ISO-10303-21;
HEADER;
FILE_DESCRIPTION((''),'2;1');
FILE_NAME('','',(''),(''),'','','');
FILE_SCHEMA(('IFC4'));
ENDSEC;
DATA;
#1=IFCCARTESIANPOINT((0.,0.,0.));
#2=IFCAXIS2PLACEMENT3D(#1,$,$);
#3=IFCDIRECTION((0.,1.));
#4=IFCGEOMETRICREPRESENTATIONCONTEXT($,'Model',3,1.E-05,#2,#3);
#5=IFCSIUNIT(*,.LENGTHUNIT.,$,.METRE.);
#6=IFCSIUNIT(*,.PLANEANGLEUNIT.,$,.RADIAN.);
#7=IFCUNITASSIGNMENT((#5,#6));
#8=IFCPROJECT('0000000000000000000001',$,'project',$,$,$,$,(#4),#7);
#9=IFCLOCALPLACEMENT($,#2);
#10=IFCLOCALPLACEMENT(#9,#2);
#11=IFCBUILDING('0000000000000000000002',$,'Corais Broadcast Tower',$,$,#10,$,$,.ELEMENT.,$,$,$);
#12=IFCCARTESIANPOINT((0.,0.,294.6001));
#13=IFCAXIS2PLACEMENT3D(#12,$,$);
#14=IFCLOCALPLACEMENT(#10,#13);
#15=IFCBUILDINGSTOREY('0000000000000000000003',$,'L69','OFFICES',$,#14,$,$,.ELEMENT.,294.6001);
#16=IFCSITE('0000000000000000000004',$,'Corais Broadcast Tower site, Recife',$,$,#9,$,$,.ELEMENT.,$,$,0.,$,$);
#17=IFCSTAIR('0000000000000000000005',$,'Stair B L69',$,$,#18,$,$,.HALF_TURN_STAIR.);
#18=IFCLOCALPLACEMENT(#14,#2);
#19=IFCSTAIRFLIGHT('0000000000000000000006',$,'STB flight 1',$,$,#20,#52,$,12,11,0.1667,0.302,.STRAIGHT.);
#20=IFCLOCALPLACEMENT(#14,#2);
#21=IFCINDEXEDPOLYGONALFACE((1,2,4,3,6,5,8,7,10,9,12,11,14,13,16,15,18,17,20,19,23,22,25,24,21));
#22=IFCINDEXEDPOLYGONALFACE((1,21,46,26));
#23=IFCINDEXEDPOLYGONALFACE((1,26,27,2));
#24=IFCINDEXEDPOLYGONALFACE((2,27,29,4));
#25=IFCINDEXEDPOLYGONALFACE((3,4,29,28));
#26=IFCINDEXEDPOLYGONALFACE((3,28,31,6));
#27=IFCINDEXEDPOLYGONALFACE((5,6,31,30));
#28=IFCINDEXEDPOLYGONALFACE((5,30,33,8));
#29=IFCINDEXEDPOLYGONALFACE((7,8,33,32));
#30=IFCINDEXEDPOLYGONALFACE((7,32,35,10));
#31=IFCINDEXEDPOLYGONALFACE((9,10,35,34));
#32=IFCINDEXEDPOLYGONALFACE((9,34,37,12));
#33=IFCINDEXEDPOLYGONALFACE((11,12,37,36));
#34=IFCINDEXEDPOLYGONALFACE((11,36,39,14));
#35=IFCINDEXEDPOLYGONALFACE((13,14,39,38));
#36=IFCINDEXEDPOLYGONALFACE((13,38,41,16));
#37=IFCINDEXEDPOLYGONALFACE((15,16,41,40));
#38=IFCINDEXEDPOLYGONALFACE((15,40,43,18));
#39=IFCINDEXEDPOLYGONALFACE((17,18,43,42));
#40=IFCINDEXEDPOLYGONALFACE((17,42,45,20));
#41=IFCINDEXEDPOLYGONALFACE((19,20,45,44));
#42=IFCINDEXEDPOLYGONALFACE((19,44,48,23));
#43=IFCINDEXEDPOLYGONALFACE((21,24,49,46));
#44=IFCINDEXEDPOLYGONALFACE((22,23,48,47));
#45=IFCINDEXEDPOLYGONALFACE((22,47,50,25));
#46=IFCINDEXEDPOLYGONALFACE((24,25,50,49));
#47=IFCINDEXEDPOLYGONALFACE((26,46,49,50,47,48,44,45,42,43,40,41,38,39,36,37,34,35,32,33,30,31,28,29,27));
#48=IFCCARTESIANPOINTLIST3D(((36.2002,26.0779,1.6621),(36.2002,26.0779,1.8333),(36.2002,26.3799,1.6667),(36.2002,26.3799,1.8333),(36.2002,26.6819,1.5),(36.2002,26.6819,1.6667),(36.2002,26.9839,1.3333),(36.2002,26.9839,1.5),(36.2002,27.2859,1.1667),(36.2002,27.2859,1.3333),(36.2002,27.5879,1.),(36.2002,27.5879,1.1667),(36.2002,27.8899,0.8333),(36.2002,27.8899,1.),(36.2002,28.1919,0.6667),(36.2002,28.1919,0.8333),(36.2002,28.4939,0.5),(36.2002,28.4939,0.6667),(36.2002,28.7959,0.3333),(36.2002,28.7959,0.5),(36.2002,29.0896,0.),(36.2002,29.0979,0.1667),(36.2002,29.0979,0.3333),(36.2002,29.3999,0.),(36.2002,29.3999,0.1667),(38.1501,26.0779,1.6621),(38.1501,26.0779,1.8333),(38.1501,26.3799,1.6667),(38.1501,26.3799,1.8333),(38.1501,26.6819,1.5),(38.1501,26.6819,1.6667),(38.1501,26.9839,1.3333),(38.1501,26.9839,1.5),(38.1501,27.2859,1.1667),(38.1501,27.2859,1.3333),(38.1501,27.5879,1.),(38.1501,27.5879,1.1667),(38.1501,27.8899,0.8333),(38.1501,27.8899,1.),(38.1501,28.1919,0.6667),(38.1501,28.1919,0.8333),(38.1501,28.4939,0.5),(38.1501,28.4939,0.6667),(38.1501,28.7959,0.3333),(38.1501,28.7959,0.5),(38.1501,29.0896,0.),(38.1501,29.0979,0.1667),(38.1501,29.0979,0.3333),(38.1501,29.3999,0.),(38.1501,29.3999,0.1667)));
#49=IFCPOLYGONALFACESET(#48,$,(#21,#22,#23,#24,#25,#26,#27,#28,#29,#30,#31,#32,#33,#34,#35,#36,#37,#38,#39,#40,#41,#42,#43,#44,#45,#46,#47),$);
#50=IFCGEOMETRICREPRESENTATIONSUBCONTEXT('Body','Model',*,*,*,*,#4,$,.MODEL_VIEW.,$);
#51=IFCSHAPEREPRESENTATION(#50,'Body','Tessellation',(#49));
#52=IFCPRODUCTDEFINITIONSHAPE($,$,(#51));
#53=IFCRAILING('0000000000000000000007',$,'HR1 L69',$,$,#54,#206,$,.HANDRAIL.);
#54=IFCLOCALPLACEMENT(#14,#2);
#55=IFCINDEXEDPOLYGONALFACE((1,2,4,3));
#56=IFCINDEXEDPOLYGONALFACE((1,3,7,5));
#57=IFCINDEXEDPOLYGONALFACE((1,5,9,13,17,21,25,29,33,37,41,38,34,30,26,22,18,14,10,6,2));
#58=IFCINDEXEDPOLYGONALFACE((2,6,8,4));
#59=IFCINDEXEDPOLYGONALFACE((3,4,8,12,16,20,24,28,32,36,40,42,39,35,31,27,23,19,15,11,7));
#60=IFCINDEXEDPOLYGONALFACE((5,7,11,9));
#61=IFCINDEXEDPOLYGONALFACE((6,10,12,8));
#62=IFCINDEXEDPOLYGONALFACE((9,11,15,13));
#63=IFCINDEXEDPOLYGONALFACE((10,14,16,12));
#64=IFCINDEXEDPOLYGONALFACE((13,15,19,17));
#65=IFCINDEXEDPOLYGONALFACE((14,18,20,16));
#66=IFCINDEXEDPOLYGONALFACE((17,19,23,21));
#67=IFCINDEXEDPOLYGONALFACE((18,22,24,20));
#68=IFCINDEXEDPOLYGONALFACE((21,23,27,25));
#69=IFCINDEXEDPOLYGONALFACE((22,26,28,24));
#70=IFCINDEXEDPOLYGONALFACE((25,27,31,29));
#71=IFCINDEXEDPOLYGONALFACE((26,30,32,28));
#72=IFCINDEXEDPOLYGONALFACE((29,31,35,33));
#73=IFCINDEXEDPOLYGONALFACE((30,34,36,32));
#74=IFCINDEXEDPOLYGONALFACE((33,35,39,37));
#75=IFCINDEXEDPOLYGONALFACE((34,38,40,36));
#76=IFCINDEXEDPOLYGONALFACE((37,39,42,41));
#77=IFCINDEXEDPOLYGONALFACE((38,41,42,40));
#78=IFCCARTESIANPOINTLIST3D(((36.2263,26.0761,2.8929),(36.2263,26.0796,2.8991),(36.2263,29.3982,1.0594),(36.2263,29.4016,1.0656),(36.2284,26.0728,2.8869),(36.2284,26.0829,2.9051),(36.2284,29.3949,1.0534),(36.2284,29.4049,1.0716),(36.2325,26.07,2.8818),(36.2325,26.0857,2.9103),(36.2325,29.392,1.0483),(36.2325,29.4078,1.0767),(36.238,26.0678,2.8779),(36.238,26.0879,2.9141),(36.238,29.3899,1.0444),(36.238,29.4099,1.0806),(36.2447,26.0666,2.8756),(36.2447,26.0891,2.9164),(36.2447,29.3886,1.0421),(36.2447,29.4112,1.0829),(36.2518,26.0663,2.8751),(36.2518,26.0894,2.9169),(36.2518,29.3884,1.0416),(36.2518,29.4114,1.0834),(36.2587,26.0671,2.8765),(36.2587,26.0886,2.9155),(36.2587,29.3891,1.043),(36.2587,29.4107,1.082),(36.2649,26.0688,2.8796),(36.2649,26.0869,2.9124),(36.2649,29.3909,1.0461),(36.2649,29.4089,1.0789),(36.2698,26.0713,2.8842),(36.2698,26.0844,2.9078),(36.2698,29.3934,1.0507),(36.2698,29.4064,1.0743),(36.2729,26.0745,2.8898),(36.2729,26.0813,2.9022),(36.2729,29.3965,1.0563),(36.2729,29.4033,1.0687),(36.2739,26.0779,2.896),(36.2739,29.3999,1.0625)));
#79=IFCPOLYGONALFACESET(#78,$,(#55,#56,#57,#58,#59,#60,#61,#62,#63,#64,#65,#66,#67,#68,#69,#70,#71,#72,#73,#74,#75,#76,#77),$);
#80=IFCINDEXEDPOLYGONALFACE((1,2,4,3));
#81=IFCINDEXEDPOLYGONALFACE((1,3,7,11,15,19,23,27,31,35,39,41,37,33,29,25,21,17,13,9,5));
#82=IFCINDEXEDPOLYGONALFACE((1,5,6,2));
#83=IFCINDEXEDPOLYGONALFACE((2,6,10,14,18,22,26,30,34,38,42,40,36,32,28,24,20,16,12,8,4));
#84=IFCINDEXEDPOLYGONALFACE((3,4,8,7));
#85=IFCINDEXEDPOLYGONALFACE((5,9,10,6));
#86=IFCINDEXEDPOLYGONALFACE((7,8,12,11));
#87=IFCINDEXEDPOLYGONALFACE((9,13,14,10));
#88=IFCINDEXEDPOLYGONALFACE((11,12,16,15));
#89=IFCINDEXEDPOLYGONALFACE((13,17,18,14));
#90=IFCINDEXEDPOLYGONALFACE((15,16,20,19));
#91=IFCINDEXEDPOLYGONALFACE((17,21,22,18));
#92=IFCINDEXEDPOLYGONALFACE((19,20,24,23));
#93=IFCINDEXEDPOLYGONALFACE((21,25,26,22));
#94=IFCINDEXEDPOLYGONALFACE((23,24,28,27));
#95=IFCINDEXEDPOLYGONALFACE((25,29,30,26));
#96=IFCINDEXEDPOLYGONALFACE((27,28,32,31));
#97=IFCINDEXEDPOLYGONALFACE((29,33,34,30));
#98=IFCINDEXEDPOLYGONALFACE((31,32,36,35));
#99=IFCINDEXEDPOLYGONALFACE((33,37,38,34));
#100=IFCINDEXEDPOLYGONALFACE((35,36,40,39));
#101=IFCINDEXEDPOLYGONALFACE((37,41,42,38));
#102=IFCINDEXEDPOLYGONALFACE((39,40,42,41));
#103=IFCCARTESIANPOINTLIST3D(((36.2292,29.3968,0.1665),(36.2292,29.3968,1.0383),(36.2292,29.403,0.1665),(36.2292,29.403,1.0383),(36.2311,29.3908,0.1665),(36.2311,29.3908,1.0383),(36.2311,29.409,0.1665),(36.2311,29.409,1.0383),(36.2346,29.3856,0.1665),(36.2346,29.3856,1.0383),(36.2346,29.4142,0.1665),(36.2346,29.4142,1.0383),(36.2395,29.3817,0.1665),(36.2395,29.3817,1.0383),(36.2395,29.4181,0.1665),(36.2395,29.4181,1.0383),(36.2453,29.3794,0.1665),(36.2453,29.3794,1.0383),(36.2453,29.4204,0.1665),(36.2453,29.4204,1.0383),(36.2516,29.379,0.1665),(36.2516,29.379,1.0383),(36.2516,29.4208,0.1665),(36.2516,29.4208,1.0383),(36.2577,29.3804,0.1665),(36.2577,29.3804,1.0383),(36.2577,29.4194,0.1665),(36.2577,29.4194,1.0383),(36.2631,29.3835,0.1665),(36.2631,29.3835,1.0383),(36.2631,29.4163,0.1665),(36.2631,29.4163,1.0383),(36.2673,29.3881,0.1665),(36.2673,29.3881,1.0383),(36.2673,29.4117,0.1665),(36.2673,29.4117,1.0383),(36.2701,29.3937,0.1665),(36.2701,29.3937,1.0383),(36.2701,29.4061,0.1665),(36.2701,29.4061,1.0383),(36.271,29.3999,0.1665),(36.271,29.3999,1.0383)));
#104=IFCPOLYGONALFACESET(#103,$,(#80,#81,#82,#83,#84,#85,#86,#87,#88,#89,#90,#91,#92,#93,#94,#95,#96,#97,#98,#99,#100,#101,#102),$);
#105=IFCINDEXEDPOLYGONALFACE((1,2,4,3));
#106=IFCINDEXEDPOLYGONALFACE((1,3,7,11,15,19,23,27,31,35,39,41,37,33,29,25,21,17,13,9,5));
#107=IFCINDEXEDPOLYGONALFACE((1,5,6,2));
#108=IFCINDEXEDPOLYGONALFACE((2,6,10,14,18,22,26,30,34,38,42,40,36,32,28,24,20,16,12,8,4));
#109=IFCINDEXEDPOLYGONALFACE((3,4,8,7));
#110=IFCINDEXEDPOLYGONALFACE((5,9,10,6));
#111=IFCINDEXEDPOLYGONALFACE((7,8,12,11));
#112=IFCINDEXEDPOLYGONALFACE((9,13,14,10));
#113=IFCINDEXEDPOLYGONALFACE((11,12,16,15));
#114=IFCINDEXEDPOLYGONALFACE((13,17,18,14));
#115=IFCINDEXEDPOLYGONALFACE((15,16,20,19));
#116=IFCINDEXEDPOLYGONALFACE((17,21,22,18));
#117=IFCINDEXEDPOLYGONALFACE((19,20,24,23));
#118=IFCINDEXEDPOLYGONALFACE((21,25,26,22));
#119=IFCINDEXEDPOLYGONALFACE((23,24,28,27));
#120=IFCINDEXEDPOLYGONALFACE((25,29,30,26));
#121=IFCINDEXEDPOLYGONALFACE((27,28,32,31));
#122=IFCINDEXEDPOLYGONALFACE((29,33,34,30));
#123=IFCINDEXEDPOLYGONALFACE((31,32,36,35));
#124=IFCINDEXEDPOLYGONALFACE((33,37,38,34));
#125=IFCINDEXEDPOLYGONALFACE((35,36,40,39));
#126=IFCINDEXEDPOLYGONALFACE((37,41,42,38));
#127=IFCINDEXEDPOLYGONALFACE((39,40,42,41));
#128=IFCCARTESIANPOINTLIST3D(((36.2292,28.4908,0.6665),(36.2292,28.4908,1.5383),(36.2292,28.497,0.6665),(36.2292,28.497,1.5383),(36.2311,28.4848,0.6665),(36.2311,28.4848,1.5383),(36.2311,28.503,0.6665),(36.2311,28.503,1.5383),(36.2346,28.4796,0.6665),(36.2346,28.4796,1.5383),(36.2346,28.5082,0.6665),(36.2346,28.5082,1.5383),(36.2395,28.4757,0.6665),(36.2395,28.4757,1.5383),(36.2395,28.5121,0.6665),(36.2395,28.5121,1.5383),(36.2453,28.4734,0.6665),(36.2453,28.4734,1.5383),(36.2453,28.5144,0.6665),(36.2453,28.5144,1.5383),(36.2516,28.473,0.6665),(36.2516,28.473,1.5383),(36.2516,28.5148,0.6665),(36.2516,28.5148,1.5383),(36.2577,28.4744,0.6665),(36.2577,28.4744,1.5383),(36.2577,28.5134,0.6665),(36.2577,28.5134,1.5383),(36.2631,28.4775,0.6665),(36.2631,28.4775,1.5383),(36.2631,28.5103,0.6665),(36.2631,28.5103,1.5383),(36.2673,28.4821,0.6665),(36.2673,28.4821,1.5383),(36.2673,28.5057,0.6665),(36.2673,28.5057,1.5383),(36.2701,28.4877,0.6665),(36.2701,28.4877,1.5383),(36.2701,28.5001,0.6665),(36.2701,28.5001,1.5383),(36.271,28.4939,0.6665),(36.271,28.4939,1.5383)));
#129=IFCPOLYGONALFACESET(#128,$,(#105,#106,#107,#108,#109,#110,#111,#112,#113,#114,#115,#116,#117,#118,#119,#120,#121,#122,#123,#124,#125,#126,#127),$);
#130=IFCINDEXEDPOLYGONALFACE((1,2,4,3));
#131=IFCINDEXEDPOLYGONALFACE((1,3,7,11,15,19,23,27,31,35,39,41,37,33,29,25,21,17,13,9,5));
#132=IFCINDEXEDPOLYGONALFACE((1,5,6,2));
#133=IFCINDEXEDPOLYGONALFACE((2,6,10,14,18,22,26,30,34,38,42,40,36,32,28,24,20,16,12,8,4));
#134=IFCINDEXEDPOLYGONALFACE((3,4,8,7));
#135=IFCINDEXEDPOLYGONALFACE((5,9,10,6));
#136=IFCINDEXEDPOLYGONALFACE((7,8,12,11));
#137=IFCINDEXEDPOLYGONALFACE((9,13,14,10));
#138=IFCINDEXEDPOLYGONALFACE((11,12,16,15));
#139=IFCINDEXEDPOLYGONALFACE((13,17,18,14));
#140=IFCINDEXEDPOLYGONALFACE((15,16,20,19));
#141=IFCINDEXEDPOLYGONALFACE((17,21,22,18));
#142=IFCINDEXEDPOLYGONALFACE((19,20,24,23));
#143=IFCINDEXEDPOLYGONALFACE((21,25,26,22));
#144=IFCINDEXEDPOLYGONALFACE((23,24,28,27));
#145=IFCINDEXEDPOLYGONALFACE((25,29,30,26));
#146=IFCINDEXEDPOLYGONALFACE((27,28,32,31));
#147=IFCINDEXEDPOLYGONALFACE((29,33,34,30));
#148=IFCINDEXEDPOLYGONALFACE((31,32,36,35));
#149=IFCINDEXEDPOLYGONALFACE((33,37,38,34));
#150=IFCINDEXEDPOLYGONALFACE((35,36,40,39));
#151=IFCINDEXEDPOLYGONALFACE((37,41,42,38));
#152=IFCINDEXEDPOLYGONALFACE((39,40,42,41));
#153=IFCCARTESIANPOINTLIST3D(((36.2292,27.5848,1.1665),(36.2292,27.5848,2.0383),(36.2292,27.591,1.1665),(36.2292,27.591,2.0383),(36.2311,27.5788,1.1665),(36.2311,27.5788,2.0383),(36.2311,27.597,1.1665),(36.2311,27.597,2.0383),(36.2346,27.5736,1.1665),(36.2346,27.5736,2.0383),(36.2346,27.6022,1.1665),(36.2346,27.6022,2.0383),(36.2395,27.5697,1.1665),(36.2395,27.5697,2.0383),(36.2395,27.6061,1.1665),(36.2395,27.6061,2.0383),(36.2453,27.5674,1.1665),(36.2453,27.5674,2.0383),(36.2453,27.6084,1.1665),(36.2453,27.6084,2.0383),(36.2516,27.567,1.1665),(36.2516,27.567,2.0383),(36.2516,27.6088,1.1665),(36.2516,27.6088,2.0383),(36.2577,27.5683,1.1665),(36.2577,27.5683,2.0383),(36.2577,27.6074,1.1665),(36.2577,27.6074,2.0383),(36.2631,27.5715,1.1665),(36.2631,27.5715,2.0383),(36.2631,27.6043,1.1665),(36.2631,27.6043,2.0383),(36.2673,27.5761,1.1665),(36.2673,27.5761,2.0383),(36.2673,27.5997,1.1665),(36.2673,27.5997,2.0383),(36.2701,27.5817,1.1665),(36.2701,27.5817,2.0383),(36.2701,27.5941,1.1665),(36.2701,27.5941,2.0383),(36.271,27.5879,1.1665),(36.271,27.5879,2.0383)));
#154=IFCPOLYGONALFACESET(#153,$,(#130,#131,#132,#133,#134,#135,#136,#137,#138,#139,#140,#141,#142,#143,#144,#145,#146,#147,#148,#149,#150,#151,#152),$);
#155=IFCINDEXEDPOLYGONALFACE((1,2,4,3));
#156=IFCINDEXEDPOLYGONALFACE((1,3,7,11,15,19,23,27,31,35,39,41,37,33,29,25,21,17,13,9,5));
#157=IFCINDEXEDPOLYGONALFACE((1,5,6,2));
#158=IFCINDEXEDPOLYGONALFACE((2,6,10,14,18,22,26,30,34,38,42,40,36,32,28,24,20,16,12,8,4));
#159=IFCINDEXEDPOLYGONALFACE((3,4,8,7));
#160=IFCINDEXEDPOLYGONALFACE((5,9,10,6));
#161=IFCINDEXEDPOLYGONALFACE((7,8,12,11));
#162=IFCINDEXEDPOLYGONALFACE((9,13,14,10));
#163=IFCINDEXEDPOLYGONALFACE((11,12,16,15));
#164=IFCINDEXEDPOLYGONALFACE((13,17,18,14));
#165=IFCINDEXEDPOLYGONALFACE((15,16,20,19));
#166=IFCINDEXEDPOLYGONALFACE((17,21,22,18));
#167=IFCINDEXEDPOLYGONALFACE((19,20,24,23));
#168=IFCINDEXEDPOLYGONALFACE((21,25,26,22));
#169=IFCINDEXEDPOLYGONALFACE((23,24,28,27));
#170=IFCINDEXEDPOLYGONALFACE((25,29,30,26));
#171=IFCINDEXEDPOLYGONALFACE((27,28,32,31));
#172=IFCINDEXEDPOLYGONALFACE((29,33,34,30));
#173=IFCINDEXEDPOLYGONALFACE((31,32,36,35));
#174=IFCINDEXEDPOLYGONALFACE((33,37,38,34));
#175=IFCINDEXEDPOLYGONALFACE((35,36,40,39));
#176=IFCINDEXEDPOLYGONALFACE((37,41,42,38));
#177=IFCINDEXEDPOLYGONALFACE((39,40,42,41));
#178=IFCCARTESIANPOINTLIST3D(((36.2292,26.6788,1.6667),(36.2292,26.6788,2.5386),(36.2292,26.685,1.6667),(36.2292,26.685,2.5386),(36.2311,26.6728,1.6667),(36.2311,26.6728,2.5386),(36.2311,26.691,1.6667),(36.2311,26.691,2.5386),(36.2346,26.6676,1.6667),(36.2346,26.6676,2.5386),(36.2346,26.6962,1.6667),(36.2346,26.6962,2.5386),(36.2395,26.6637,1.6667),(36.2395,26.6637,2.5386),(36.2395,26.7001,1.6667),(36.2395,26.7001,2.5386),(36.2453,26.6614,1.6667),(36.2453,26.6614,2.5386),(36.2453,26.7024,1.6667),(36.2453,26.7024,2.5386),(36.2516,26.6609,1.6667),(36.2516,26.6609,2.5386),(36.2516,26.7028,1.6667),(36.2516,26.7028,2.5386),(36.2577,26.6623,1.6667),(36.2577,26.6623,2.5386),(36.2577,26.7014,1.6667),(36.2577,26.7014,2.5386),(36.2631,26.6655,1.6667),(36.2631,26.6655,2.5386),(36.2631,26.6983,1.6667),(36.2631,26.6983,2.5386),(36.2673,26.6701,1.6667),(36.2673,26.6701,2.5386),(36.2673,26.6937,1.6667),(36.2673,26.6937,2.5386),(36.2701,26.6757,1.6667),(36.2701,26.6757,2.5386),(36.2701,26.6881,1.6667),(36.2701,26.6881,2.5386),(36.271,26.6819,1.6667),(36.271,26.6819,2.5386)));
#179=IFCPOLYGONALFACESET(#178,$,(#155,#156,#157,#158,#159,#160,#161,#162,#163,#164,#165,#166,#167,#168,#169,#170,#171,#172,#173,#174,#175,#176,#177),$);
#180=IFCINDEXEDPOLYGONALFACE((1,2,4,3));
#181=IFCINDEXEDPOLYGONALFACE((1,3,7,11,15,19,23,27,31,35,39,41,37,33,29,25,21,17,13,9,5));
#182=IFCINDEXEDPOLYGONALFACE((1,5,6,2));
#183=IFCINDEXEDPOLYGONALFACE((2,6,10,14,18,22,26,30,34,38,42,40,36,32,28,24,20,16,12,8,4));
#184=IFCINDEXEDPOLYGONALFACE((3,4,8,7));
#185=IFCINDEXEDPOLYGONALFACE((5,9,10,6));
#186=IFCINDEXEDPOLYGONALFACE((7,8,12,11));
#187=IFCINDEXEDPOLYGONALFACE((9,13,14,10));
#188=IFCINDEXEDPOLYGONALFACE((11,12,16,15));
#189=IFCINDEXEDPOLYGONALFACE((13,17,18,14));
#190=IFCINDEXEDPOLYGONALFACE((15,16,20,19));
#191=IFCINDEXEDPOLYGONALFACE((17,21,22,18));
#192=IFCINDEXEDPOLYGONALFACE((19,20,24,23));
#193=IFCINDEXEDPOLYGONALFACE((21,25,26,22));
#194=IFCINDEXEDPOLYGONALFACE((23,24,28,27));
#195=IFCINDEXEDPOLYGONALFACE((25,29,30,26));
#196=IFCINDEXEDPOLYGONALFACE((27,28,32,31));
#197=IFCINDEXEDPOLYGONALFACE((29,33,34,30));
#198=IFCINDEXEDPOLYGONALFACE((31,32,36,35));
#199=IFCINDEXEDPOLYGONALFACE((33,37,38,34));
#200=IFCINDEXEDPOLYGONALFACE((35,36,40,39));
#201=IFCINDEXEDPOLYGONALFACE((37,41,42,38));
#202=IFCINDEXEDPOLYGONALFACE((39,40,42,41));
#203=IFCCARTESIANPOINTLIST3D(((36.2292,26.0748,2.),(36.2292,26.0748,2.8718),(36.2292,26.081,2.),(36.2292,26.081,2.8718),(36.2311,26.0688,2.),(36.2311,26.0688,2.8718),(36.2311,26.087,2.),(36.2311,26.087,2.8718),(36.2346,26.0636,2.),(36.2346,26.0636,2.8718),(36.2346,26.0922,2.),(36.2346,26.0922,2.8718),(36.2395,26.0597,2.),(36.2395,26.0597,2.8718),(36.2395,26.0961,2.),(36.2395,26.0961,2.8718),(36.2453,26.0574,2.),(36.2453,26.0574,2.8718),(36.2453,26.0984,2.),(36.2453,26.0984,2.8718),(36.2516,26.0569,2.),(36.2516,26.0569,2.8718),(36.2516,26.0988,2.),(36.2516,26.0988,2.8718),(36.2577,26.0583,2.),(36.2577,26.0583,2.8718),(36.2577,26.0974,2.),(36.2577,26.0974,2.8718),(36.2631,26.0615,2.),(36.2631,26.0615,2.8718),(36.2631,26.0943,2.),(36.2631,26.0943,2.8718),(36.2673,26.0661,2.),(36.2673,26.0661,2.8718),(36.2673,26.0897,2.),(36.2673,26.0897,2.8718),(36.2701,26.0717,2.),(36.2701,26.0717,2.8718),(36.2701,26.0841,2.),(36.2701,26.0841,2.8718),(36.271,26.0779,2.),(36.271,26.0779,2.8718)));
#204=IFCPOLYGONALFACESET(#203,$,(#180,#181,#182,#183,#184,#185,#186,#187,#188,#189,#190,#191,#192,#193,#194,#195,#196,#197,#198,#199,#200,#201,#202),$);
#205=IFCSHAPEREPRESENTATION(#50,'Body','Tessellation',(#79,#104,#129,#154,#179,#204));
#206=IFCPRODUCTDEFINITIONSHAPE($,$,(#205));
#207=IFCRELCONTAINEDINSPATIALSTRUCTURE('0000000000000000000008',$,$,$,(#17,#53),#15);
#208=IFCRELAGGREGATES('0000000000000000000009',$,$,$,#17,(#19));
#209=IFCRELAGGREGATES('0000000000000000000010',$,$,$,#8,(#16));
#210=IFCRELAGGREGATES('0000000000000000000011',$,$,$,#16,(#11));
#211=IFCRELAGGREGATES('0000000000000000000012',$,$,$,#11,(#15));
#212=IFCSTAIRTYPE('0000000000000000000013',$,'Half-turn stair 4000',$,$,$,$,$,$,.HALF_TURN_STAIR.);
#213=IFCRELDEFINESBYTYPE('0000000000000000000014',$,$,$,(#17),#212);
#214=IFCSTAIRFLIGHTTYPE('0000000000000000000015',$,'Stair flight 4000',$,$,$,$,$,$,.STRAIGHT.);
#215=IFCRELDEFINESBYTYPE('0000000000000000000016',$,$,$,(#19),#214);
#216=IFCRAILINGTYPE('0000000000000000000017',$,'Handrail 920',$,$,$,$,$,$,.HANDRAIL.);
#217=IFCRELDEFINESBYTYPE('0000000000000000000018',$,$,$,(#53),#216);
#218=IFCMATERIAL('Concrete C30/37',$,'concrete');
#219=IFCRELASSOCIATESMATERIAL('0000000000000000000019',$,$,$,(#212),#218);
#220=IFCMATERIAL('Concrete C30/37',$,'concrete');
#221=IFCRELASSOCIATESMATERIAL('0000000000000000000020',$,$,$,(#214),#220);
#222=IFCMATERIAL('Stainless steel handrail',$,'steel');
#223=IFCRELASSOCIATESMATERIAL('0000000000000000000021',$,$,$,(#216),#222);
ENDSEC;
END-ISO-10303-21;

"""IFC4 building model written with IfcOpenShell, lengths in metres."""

from ifc_helpers import new_model, si_unit, direction, frame, origin, origin_2d, place, context, subcontext, project, spatial, polyline, circle, outline, extrude, material, type_object, element, aggregate, save


model = new_model("IFC4")

# Units and contexts
model_context = context("Model", 3, precision=1e-05, world=origin(), true_north=direction((0.0, 1.0)))
body_context = subcontext(model_context, "Body", "Model", "MODEL_VIEW")
ifc_project = project(units=[si_unit("LENGTHUNIT", "METRE"), si_unit("PLANEANGLEUNIT", "RADIAN")], contexts=[model_context])

# Site, building, storey
site_placement = place(None, origin())
site = spatial("IfcSite", under=ifc_project, at=site_placement, Name="Corais Broadcast Tower site, Recife", CompositionType="ELEMENT", RefElevation=0.0)
building_placement = place(site_placement, origin())
building = spatial("IfcBuilding", under=site, at=building_placement, Name="Corais Broadcast Tower", CompositionType="ELEMENT")
storey_placement = place(building_placement, frame((0.0, 0.0, 294.6001)))
storey = spatial("IfcBuildingStorey", under=building, at=storey_placement, Name="L69", Description="OFFICES", CompositionType="ELEMENT", Elevation=294.6001)

# Stair, stair flight
ifc_material_1 = material(Name="Concrete C30/37", Category="concrete")
stair_type = type_object("IfcStairType", Name="Half-turn stair 4000", PredefinedType="HALF_TURN_STAIR", material=ifc_material_1)
stair_placement = place(storey_placement, origin())
stair = element("IfcStair", 1, at=stair_placement, inside=storey, type_object=stair_type, Name="Stair B L69", PredefinedType="HALF_TURN_STAIR")
ifc_material_2 = material(Name="Concrete C30/37", Category="concrete")
stair_flight_type = type_object("IfcStairFlightType", Name="Stair flight 4000", PredefinedType="STRAIGHT", material=ifc_material_2)
stair_flight_placement = place(storey_placement, frame((37.175, 29.3999, 0.0), z_axis=(0.0, 0.0, 1.0), x_axis=(0.0, -1.0, 0.0)))
stair_flight = element("IfcStairFlight", 2, at=stair_flight_placement, type_object=stair_flight_type, Name="STB flight 1", NumberOfRisers=12, NumberOfTreads=11, PredefinedType="STRAIGHT", RiserHeight=0.1667, TreadLength=0.302, context=body_context, shape_type="SweptSolid", body=[
    extrude(outline(polyline([(0.0, 0.0), (0.0, 0.1667), (0.302, 0.1667), (0.302, 0.3333), (0.604, 0.3333), (0.604, 0.5), (0.906, 0.5), (0.906, 0.6667), (1.208, 0.6667), (1.208, 0.8333), (1.51, 0.8333), (1.51, 1.0), (1.812, 1.0), (1.812, 1.1667), (2.114, 1.1667), (2.114, 1.3333), (2.416, 1.3333), (2.416, 1.5), (2.718, 1.5), (2.718, 1.6667), (3.02, 1.6667), (3.02, 1.8333), (3.322, 1.8333), (3.322, 2.0), (3.322, 1.6621), (0.3103, 0.0), (0.0, 0.0)])), frame((0.0, 0.9751, 0.0), z_axis=(0.0, -1.0, 0.0), x_axis=(1.0, 0.0, 0.0)), (0.0, 0.0, 1.0), 1.95),
])
aggregate(stair, [stair_flight])

# Railing
ifc_material_3 = material(Name="Stainless steel handrail", Category="steel")
railing_type = type_object("IfcRailingType", Name="Handrail 920", PredefinedType="HANDRAIL", material=ifc_material_3)
for number, where, name in (
    (3, (36.25, 29.3999, 0.1665), "HR1 L69"),
):
    element("IfcRailing", number, at=place(storey_placement, frame(where)), inside=storey, type_object=railing_type, Name=name, PredefinedType="HANDRAIL", context=body_context, shape_type="SweptSolid", body=[
        extrude(circle(Radius=0.0239, at=origin_2d()), frame((0.0, 0.0, 0.896), z_axis=(0.0, -0.875504, 0.48321), x_axis=(1.0, 0.0, 0.0)), (0.0, 0.0, 1.0), 3.7944),
        extrude(circle(Radius=0.021, at=origin_2d()), origin(), (0.0, 0.0, 1.0), 0.8718),
        extrude(circle(Radius=0.021, at=origin_2d()), frame((0.0, -0.906, 0.5)), (0.0, 0.0, 1.0), 0.8718),
        extrude(circle(Radius=0.021, at=origin_2d()), frame((0.0, -1.812, 1.0)), (0.0, 0.0, 1.0), 0.8718),
        extrude(circle(Radius=0.021, at=origin_2d()), frame((0.0, -2.718, 1.5002)), (0.0, 0.0, 1.0), 0.8718),
        extrude(circle(Radius=0.021, at=origin_2d()), frame((0.0, -3.322, 1.8335)), (0.0, 0.0, 1.0), 0.8718),
    ])

save(model, "model.ifc")
